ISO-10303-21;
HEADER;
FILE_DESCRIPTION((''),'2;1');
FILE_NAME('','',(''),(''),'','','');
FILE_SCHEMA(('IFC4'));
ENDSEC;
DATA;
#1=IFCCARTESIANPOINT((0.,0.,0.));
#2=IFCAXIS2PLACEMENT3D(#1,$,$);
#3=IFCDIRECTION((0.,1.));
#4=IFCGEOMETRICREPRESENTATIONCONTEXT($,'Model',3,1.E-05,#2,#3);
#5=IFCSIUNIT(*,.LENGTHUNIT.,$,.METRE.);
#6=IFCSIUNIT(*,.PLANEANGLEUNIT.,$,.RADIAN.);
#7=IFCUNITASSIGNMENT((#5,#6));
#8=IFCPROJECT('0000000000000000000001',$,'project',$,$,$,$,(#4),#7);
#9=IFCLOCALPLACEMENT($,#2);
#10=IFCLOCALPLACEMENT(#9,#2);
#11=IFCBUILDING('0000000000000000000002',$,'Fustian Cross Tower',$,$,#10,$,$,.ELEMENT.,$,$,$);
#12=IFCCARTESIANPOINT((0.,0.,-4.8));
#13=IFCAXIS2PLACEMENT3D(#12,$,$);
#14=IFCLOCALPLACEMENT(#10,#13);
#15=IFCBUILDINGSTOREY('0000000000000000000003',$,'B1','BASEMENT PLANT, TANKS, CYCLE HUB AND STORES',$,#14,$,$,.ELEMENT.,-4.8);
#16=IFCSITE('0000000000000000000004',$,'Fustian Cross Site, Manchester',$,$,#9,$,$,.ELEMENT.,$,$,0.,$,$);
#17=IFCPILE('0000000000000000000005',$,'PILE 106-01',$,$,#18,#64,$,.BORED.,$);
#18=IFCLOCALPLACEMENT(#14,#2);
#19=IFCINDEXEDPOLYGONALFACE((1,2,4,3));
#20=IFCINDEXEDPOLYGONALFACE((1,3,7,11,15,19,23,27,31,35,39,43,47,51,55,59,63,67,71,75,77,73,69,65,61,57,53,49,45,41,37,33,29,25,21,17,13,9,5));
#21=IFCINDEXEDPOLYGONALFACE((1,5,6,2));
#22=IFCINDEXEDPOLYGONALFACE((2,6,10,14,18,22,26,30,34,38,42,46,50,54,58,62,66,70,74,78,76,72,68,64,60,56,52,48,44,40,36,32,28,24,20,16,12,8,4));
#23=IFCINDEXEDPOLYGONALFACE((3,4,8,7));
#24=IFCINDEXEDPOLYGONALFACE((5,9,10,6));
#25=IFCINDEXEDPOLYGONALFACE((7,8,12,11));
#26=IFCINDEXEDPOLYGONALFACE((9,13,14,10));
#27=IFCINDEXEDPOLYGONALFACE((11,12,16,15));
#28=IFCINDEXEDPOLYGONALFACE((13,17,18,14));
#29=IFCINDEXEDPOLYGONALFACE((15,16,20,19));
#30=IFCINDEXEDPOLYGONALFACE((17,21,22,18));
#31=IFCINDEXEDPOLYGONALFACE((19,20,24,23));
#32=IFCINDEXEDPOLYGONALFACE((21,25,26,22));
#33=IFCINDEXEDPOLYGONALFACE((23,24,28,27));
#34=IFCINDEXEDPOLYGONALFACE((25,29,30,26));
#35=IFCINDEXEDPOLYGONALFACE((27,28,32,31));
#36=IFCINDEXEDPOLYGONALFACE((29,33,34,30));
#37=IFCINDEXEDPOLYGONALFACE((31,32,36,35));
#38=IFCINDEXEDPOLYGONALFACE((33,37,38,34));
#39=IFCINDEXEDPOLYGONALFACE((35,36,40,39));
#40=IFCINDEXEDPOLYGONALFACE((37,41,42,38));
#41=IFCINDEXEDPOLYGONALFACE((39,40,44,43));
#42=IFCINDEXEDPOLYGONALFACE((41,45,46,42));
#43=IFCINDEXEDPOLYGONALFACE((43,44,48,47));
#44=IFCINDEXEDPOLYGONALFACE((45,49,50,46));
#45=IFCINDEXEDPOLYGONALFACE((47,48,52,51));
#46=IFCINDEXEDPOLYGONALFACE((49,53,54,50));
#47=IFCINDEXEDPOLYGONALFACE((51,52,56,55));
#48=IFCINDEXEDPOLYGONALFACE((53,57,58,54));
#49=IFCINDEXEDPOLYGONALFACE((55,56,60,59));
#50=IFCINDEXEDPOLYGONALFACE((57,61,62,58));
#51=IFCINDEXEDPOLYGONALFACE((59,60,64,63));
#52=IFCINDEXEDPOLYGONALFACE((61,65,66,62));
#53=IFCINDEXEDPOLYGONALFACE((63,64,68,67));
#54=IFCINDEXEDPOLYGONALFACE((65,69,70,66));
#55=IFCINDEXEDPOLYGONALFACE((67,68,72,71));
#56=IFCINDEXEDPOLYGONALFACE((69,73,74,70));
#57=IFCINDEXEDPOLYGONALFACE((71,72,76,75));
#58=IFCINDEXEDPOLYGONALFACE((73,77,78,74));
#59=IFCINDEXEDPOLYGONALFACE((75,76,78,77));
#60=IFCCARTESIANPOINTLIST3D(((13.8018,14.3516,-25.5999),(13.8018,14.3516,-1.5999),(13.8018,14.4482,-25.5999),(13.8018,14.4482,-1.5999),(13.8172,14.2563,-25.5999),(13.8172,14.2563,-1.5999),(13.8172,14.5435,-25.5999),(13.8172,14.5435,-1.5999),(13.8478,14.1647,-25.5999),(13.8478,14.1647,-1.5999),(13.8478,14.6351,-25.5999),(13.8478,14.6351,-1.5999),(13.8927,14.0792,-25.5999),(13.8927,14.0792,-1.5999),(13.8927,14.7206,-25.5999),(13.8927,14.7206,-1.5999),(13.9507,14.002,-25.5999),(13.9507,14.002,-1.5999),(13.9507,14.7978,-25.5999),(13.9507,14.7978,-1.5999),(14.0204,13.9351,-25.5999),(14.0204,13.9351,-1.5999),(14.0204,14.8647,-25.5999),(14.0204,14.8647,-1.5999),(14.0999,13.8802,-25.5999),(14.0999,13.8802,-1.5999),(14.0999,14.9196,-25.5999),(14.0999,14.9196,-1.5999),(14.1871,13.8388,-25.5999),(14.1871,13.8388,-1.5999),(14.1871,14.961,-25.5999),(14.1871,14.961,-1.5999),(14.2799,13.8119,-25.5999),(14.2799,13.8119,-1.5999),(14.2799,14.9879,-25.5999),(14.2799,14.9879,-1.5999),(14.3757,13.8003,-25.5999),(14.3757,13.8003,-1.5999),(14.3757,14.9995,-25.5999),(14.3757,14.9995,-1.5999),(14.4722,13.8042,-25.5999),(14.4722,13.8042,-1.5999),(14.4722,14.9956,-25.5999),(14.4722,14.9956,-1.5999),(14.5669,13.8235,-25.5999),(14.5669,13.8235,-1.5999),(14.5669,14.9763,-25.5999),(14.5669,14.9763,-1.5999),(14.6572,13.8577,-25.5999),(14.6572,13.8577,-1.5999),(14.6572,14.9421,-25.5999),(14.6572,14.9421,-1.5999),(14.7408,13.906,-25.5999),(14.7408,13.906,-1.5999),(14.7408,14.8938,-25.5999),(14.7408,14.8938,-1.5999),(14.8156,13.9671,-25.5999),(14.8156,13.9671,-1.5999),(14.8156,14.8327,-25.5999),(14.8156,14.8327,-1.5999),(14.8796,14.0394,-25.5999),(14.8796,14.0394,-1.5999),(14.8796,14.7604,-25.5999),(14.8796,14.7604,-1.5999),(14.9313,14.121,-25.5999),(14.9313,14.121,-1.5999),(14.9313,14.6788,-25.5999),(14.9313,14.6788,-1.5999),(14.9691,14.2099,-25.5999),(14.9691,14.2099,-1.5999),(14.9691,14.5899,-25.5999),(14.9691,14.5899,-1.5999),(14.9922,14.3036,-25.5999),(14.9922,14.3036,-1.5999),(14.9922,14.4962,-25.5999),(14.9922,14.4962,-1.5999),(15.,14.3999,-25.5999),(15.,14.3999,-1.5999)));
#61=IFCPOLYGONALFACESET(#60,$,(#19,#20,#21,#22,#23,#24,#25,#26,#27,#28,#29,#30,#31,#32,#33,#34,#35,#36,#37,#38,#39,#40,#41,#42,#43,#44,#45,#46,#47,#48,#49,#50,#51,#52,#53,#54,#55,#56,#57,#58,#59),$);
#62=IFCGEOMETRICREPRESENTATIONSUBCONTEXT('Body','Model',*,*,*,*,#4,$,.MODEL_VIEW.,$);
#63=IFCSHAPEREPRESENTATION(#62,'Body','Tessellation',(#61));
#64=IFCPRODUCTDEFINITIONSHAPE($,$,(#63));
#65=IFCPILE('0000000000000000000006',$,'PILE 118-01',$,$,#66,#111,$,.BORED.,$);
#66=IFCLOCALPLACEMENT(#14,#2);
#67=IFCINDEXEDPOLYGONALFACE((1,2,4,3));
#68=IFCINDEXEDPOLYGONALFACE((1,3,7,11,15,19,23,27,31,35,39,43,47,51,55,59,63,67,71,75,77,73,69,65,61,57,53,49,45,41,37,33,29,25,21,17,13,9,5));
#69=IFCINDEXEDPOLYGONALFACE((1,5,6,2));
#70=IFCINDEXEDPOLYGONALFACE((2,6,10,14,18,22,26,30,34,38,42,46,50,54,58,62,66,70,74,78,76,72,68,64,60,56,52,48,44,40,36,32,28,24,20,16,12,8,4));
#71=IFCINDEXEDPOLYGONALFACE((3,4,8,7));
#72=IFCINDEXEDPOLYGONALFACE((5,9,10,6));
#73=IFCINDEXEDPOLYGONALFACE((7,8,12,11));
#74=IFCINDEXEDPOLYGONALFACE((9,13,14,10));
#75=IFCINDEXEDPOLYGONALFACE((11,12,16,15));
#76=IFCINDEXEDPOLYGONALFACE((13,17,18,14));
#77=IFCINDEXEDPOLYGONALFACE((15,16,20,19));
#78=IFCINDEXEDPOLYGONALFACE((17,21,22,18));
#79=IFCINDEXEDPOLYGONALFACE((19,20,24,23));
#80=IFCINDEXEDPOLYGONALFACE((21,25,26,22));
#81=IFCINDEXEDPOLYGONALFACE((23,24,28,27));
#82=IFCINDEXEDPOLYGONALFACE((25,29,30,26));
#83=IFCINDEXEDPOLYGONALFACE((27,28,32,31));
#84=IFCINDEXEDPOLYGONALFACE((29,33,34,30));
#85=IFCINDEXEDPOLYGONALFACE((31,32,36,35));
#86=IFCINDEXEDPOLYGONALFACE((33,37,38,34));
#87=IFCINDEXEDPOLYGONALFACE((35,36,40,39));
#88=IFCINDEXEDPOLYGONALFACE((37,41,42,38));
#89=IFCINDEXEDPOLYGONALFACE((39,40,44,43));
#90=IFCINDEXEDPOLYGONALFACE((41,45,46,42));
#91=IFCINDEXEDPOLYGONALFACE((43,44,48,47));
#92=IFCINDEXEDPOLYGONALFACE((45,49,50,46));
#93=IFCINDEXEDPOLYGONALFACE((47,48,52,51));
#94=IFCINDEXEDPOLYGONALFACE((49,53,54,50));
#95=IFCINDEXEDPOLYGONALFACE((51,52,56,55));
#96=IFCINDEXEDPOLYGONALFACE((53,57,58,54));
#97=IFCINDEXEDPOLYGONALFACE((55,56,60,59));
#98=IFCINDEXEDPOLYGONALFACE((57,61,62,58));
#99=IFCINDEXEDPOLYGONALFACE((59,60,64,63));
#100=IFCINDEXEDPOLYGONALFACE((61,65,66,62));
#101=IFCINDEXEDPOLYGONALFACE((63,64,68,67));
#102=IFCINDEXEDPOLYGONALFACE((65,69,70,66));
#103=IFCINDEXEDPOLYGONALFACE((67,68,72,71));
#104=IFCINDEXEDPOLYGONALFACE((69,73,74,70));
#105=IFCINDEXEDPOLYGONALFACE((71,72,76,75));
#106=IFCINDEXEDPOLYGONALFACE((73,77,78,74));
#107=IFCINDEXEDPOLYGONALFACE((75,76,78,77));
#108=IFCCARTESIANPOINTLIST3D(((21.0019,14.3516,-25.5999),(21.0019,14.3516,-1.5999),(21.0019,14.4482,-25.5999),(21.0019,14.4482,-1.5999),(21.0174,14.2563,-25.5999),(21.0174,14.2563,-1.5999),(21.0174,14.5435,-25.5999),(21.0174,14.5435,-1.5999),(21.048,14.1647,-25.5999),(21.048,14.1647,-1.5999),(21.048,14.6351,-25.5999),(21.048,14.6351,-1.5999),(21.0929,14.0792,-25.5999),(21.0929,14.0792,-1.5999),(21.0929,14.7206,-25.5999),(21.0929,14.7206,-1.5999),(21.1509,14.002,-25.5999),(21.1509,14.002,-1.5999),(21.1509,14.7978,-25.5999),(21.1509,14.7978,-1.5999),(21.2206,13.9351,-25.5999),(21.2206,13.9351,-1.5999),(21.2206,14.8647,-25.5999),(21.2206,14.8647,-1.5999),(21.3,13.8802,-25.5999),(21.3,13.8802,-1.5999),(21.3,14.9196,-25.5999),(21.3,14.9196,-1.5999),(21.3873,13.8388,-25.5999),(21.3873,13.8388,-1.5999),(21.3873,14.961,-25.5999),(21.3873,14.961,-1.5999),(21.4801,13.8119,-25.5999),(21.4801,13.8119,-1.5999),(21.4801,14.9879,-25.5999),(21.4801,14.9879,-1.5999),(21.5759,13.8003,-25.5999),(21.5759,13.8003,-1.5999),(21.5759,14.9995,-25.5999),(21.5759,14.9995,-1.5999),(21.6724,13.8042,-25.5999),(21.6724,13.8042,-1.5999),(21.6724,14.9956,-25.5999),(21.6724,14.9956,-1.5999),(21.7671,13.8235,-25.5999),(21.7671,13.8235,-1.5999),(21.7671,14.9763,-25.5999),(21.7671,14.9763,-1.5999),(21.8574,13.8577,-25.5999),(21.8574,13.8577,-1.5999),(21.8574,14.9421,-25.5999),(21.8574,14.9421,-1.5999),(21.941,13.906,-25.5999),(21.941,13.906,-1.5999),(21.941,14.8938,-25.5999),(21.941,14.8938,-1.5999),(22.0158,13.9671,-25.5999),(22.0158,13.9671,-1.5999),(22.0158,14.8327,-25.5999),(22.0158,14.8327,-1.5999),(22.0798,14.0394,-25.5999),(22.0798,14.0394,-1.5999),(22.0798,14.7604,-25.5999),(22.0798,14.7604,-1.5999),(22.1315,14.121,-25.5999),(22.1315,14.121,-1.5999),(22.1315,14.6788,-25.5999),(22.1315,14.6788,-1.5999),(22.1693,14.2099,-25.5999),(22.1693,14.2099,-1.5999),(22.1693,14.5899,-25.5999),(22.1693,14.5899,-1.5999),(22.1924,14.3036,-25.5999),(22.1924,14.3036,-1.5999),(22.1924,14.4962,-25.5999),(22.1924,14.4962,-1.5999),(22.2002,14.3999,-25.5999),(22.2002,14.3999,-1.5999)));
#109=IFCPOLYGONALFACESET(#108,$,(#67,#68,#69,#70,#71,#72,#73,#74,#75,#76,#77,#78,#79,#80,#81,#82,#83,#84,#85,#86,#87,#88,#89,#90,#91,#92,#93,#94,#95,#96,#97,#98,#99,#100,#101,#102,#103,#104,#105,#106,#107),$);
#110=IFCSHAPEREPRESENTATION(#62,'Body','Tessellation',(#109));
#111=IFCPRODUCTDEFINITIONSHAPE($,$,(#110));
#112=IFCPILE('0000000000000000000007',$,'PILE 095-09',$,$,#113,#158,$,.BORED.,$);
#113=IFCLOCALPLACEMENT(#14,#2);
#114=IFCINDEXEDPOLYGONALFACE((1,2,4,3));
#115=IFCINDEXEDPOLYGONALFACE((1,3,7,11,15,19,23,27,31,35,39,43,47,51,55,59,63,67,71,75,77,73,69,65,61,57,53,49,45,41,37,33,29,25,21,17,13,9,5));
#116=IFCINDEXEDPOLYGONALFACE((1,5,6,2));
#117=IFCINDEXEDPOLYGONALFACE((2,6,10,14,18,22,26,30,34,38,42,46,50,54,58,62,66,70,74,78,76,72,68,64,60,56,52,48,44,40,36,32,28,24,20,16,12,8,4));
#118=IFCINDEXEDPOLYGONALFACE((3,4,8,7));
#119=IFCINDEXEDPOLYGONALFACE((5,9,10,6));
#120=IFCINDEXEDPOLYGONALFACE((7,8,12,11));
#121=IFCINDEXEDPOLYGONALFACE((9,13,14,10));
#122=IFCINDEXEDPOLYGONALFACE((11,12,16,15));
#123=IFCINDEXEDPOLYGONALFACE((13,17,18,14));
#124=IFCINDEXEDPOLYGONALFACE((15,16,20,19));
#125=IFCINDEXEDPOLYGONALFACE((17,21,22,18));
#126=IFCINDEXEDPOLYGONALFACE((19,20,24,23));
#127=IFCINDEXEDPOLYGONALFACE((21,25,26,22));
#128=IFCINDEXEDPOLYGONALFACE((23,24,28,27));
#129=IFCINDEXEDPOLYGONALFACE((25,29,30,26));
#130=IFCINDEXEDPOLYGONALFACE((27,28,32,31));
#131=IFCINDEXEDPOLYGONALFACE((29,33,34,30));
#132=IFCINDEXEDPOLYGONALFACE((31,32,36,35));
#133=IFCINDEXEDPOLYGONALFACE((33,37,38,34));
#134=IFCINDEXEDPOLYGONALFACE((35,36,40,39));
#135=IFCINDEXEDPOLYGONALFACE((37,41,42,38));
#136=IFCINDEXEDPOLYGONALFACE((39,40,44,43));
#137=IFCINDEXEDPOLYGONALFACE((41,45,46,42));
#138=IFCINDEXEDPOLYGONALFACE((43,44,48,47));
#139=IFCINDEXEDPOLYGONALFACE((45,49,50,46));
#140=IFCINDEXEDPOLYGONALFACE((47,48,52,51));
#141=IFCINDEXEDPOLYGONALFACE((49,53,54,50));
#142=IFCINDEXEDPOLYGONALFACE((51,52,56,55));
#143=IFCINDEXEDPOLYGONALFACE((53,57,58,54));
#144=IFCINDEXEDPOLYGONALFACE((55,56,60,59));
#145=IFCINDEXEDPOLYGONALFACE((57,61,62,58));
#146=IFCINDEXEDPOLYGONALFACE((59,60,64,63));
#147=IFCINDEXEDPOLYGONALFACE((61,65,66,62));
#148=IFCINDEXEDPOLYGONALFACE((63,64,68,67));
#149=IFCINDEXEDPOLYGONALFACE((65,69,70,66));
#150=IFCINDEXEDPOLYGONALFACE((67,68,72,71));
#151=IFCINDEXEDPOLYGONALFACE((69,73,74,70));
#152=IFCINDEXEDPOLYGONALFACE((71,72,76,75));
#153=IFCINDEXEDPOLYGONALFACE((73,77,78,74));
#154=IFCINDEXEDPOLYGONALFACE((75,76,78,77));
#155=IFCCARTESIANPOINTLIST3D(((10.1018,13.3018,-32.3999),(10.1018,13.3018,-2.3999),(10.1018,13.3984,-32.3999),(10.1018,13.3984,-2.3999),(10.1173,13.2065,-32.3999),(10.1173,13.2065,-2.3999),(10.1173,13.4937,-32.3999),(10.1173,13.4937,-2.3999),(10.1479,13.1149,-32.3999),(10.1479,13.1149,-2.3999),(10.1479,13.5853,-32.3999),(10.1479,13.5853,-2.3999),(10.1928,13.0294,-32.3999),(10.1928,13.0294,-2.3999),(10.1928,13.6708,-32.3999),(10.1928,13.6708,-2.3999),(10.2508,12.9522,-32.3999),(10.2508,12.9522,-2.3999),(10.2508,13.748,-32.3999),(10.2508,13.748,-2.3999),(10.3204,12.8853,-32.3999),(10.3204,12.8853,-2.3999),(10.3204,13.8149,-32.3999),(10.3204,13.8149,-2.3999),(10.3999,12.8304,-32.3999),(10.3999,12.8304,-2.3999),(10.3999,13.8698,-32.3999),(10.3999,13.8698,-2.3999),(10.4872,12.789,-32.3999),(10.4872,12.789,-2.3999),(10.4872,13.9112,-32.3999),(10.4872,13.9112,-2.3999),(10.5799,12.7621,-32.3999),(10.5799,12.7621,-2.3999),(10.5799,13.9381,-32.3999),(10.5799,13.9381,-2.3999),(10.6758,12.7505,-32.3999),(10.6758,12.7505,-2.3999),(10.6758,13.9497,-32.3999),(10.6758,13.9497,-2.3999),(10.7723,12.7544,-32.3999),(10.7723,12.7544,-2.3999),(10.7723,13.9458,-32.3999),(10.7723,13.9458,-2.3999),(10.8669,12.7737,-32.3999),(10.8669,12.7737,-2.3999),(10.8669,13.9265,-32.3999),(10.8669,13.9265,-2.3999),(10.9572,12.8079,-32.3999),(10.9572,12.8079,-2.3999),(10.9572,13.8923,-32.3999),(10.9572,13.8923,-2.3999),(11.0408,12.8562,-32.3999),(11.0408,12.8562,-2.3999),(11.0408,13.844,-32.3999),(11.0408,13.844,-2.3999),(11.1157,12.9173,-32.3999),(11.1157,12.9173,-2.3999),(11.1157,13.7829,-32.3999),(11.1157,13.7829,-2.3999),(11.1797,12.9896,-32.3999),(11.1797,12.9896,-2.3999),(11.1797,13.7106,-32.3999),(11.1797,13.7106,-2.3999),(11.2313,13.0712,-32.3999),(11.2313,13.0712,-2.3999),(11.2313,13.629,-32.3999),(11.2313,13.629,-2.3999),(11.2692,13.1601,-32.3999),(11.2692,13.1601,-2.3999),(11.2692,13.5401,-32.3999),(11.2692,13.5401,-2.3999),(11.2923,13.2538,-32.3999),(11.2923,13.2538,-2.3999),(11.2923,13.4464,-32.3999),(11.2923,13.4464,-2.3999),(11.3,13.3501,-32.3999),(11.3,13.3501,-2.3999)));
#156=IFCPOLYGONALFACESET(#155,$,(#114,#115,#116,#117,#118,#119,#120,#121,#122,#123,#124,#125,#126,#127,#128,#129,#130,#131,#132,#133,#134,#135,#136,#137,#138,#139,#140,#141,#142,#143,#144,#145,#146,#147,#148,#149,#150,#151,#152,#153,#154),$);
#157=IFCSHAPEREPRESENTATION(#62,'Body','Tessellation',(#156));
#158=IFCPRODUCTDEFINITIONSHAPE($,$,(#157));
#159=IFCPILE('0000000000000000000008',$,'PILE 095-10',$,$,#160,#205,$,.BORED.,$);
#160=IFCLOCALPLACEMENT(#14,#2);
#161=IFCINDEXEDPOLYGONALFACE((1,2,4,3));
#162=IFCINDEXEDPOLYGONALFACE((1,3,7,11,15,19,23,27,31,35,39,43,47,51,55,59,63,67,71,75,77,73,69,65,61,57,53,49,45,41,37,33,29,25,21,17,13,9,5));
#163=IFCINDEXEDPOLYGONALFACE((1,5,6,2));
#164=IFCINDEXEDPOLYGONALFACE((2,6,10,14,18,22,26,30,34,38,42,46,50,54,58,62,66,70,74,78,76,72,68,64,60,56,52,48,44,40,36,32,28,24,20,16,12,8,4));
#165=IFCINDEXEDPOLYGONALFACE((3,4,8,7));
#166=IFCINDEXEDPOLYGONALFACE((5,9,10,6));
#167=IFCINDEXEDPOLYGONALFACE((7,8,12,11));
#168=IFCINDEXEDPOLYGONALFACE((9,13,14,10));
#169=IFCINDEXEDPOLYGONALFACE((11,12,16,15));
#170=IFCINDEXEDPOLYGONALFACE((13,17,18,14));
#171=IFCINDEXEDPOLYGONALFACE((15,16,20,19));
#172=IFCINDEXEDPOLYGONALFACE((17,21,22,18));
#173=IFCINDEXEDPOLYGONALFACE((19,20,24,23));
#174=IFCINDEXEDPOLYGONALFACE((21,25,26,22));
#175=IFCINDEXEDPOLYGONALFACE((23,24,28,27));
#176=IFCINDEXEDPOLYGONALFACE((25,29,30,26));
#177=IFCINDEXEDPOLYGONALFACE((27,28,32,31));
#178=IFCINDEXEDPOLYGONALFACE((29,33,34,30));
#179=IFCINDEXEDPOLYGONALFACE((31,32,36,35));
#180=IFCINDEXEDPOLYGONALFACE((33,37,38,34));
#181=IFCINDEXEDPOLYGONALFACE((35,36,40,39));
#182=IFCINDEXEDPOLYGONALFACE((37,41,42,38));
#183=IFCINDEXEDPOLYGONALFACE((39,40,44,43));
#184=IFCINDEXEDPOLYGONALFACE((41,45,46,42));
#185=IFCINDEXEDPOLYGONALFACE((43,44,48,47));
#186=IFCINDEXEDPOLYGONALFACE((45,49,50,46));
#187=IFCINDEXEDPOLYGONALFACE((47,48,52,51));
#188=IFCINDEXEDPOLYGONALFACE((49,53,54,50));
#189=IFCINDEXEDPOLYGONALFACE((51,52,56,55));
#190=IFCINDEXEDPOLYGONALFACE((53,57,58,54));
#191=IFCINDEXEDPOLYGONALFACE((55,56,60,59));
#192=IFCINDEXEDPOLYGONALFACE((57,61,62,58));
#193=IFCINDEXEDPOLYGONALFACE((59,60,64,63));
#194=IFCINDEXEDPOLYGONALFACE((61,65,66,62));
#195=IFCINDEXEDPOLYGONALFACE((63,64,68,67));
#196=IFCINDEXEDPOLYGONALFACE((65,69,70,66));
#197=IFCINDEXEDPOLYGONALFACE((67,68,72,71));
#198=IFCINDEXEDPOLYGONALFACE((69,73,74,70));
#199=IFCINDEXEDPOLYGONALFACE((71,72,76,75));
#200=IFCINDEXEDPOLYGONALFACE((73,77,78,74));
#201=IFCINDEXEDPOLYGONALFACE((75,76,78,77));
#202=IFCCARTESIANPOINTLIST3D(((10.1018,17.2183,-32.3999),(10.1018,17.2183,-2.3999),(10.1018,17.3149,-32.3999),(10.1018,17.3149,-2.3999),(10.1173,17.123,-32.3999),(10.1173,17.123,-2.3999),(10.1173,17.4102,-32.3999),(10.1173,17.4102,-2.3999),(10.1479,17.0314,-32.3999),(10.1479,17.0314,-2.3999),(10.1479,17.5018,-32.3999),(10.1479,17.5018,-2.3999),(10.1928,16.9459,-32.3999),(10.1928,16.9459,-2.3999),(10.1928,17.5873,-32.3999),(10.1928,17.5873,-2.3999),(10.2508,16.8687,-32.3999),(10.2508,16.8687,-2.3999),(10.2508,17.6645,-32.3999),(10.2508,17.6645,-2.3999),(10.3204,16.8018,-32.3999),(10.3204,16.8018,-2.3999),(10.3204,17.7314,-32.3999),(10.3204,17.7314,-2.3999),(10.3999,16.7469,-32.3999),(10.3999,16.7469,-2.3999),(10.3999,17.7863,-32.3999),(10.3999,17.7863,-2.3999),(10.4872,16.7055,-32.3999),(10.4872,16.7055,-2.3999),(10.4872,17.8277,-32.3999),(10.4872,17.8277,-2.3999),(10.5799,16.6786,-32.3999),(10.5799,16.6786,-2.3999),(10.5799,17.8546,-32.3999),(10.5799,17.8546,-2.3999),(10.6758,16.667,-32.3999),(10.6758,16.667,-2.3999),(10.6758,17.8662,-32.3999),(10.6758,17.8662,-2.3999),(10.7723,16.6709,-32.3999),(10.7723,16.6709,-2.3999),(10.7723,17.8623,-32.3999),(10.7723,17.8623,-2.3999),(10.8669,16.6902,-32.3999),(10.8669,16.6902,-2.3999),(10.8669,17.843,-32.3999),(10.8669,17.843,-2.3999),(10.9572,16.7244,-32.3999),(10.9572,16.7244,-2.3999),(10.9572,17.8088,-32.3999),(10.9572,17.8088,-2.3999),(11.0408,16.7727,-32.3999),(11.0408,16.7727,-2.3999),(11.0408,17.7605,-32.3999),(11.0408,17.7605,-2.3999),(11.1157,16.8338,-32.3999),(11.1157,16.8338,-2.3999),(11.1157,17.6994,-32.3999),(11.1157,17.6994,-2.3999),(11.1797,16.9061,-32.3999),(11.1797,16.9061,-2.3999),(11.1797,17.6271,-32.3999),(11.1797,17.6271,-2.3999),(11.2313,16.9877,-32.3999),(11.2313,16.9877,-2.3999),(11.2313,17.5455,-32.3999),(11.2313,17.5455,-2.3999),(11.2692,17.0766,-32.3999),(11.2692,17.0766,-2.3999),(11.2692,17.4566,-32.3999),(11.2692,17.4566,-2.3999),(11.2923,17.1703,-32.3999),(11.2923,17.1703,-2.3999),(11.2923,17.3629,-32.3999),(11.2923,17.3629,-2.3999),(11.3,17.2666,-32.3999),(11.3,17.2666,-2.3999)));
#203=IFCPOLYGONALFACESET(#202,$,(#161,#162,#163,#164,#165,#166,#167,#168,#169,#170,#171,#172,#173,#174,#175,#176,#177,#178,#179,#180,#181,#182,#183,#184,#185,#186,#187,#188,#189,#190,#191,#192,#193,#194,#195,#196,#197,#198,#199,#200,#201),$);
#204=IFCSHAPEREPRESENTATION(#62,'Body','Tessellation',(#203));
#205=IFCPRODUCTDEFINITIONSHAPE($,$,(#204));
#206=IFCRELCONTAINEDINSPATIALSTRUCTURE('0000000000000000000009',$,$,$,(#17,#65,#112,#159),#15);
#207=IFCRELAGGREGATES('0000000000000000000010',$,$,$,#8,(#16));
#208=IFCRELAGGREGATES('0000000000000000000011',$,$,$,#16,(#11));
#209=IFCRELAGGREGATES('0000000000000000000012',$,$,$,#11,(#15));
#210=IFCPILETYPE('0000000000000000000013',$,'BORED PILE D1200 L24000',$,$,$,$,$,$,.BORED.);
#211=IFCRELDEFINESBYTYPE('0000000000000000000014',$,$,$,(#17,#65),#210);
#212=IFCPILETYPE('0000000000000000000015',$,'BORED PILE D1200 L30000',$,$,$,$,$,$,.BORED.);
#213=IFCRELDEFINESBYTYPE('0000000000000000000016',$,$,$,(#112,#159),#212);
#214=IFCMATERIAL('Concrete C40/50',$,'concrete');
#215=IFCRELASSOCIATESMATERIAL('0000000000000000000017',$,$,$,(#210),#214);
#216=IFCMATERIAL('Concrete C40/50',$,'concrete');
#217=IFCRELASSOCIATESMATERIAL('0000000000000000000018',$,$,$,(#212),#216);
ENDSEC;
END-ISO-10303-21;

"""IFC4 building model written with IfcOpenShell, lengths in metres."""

from ifc_helpers import new_model, si_unit, direction, frame, origin, origin_2d, place, context, subcontext, project, spatial, circle, extrude, material, material_profile, profile_set, type_object, element, save


model = new_model("IFC4")

# Units and contexts
model_context = context("Model", 3, precision=1e-05, world=origin(), true_north=direction((0.0, 1.0)))
body_context = subcontext(model_context, "Body", "Model", "MODEL_VIEW")
ifc_project = project(units=[si_unit("LENGTHUNIT", "METRE"), si_unit("PLANEANGLEUNIT", "RADIAN")], contexts=[model_context])

# Site, building, storey
site_placement = place(None, origin())
site = spatial("IfcSite", under=ifc_project, at=site_placement, Name="Fustian Cross Site, Manchester", CompositionType="ELEMENT", RefElevation=0.0)
building_placement = place(site_placement, origin())
building = spatial("IfcBuilding", under=site, at=building_placement, Name="Fustian Cross Tower", CompositionType="ELEMENT")
storey_placement = place(building_placement, frame((0.0, 0.0, -4.8)))
storey = spatial("IfcBuildingStorey", under=building, at=storey_placement, Name="B1", Description="BASEMENT PLANT, TANKS, CYCLE HUB AND STORES", CompositionType="ELEMENT", Elevation=-4.8)

# Piles
ifc_material_1 = material(Name="Concrete C40/50", Category="concrete")
ifc_material_profile_1 = material_profile(ifc_material_1, circle(Radius=0.6001, at=origin_2d()), Name="BORED PILE D1200 L24000")
ifc_profile_set_1 = profile_set([ifc_material_profile_1], Name="Concrete C40/50")
pile_type_1 = type_object("IfcPileType", Name="BORED PILE D1200 L24000", PredefinedType="BORED", material=ifc_profile_set_1)
for number, where, z_axis, x_axis, name in (
    (1, (14.3999, 14.3999, -1.5999), (0.0, 0.0, -1.0), (1.0, 0.0, 0.0), "PILE 106-01"),
    (2, (21.6001, 14.3999, -1.5999), (0.0, 0.0, -1.0), (1.0, 0.0, 0.0), "PILE 118-01"),
):
    element("IfcPile", number, at=place(storey_placement, frame(where, z_axis=z_axis, x_axis=x_axis)), inside=storey, type_object=pile_type_1, Name=name, PredefinedType="BORED", context=body_context, shape_type="SweptSolid", body=[
        extrude(circle(Radius=0.6001, at=origin_2d()), origin(), (0.0, 0.0, 1.0), 24.0),
    ])
ifc_material_2 = material(Name="Concrete C40/50", Category="concrete")
ifc_material_profile_2 = material_profile(ifc_material_2, circle(Radius=0.6001, at=origin_2d()), Name="BORED PILE D1200 L30000")
ifc_profile_set_2 = profile_set([ifc_material_profile_2], Name="Concrete C40/50")
pile_type_2 = type_object("IfcPileType", Name="BORED PILE D1200 L30000", PredefinedType="BORED", material=ifc_profile_set_2)
for number, where, z_axis, x_axis, name in (
    (3, (10.7, 13.3501, -2.3999), (0.0, 0.0, -1.0), (1.0, 0.0, 0.0), "PILE 095-09"),
    (4, (10.7, 17.2666, -2.3999), (0.0, 0.0, -1.0), (1.0, 0.0, 0.0), "PILE 095-10"),
):
    element("IfcPile", number, at=place(storey_placement, frame(where, z_axis=z_axis, x_axis=x_axis)), inside=storey, type_object=pile_type_2, Name=name, PredefinedType="BORED", context=body_context, shape_type="SweptSolid", body=[
        extrude(circle(Radius=0.6001, at=origin_2d()), origin(), (0.0, 0.0, 1.0), 30.0),
    ])

save(model, "model.ifc")
